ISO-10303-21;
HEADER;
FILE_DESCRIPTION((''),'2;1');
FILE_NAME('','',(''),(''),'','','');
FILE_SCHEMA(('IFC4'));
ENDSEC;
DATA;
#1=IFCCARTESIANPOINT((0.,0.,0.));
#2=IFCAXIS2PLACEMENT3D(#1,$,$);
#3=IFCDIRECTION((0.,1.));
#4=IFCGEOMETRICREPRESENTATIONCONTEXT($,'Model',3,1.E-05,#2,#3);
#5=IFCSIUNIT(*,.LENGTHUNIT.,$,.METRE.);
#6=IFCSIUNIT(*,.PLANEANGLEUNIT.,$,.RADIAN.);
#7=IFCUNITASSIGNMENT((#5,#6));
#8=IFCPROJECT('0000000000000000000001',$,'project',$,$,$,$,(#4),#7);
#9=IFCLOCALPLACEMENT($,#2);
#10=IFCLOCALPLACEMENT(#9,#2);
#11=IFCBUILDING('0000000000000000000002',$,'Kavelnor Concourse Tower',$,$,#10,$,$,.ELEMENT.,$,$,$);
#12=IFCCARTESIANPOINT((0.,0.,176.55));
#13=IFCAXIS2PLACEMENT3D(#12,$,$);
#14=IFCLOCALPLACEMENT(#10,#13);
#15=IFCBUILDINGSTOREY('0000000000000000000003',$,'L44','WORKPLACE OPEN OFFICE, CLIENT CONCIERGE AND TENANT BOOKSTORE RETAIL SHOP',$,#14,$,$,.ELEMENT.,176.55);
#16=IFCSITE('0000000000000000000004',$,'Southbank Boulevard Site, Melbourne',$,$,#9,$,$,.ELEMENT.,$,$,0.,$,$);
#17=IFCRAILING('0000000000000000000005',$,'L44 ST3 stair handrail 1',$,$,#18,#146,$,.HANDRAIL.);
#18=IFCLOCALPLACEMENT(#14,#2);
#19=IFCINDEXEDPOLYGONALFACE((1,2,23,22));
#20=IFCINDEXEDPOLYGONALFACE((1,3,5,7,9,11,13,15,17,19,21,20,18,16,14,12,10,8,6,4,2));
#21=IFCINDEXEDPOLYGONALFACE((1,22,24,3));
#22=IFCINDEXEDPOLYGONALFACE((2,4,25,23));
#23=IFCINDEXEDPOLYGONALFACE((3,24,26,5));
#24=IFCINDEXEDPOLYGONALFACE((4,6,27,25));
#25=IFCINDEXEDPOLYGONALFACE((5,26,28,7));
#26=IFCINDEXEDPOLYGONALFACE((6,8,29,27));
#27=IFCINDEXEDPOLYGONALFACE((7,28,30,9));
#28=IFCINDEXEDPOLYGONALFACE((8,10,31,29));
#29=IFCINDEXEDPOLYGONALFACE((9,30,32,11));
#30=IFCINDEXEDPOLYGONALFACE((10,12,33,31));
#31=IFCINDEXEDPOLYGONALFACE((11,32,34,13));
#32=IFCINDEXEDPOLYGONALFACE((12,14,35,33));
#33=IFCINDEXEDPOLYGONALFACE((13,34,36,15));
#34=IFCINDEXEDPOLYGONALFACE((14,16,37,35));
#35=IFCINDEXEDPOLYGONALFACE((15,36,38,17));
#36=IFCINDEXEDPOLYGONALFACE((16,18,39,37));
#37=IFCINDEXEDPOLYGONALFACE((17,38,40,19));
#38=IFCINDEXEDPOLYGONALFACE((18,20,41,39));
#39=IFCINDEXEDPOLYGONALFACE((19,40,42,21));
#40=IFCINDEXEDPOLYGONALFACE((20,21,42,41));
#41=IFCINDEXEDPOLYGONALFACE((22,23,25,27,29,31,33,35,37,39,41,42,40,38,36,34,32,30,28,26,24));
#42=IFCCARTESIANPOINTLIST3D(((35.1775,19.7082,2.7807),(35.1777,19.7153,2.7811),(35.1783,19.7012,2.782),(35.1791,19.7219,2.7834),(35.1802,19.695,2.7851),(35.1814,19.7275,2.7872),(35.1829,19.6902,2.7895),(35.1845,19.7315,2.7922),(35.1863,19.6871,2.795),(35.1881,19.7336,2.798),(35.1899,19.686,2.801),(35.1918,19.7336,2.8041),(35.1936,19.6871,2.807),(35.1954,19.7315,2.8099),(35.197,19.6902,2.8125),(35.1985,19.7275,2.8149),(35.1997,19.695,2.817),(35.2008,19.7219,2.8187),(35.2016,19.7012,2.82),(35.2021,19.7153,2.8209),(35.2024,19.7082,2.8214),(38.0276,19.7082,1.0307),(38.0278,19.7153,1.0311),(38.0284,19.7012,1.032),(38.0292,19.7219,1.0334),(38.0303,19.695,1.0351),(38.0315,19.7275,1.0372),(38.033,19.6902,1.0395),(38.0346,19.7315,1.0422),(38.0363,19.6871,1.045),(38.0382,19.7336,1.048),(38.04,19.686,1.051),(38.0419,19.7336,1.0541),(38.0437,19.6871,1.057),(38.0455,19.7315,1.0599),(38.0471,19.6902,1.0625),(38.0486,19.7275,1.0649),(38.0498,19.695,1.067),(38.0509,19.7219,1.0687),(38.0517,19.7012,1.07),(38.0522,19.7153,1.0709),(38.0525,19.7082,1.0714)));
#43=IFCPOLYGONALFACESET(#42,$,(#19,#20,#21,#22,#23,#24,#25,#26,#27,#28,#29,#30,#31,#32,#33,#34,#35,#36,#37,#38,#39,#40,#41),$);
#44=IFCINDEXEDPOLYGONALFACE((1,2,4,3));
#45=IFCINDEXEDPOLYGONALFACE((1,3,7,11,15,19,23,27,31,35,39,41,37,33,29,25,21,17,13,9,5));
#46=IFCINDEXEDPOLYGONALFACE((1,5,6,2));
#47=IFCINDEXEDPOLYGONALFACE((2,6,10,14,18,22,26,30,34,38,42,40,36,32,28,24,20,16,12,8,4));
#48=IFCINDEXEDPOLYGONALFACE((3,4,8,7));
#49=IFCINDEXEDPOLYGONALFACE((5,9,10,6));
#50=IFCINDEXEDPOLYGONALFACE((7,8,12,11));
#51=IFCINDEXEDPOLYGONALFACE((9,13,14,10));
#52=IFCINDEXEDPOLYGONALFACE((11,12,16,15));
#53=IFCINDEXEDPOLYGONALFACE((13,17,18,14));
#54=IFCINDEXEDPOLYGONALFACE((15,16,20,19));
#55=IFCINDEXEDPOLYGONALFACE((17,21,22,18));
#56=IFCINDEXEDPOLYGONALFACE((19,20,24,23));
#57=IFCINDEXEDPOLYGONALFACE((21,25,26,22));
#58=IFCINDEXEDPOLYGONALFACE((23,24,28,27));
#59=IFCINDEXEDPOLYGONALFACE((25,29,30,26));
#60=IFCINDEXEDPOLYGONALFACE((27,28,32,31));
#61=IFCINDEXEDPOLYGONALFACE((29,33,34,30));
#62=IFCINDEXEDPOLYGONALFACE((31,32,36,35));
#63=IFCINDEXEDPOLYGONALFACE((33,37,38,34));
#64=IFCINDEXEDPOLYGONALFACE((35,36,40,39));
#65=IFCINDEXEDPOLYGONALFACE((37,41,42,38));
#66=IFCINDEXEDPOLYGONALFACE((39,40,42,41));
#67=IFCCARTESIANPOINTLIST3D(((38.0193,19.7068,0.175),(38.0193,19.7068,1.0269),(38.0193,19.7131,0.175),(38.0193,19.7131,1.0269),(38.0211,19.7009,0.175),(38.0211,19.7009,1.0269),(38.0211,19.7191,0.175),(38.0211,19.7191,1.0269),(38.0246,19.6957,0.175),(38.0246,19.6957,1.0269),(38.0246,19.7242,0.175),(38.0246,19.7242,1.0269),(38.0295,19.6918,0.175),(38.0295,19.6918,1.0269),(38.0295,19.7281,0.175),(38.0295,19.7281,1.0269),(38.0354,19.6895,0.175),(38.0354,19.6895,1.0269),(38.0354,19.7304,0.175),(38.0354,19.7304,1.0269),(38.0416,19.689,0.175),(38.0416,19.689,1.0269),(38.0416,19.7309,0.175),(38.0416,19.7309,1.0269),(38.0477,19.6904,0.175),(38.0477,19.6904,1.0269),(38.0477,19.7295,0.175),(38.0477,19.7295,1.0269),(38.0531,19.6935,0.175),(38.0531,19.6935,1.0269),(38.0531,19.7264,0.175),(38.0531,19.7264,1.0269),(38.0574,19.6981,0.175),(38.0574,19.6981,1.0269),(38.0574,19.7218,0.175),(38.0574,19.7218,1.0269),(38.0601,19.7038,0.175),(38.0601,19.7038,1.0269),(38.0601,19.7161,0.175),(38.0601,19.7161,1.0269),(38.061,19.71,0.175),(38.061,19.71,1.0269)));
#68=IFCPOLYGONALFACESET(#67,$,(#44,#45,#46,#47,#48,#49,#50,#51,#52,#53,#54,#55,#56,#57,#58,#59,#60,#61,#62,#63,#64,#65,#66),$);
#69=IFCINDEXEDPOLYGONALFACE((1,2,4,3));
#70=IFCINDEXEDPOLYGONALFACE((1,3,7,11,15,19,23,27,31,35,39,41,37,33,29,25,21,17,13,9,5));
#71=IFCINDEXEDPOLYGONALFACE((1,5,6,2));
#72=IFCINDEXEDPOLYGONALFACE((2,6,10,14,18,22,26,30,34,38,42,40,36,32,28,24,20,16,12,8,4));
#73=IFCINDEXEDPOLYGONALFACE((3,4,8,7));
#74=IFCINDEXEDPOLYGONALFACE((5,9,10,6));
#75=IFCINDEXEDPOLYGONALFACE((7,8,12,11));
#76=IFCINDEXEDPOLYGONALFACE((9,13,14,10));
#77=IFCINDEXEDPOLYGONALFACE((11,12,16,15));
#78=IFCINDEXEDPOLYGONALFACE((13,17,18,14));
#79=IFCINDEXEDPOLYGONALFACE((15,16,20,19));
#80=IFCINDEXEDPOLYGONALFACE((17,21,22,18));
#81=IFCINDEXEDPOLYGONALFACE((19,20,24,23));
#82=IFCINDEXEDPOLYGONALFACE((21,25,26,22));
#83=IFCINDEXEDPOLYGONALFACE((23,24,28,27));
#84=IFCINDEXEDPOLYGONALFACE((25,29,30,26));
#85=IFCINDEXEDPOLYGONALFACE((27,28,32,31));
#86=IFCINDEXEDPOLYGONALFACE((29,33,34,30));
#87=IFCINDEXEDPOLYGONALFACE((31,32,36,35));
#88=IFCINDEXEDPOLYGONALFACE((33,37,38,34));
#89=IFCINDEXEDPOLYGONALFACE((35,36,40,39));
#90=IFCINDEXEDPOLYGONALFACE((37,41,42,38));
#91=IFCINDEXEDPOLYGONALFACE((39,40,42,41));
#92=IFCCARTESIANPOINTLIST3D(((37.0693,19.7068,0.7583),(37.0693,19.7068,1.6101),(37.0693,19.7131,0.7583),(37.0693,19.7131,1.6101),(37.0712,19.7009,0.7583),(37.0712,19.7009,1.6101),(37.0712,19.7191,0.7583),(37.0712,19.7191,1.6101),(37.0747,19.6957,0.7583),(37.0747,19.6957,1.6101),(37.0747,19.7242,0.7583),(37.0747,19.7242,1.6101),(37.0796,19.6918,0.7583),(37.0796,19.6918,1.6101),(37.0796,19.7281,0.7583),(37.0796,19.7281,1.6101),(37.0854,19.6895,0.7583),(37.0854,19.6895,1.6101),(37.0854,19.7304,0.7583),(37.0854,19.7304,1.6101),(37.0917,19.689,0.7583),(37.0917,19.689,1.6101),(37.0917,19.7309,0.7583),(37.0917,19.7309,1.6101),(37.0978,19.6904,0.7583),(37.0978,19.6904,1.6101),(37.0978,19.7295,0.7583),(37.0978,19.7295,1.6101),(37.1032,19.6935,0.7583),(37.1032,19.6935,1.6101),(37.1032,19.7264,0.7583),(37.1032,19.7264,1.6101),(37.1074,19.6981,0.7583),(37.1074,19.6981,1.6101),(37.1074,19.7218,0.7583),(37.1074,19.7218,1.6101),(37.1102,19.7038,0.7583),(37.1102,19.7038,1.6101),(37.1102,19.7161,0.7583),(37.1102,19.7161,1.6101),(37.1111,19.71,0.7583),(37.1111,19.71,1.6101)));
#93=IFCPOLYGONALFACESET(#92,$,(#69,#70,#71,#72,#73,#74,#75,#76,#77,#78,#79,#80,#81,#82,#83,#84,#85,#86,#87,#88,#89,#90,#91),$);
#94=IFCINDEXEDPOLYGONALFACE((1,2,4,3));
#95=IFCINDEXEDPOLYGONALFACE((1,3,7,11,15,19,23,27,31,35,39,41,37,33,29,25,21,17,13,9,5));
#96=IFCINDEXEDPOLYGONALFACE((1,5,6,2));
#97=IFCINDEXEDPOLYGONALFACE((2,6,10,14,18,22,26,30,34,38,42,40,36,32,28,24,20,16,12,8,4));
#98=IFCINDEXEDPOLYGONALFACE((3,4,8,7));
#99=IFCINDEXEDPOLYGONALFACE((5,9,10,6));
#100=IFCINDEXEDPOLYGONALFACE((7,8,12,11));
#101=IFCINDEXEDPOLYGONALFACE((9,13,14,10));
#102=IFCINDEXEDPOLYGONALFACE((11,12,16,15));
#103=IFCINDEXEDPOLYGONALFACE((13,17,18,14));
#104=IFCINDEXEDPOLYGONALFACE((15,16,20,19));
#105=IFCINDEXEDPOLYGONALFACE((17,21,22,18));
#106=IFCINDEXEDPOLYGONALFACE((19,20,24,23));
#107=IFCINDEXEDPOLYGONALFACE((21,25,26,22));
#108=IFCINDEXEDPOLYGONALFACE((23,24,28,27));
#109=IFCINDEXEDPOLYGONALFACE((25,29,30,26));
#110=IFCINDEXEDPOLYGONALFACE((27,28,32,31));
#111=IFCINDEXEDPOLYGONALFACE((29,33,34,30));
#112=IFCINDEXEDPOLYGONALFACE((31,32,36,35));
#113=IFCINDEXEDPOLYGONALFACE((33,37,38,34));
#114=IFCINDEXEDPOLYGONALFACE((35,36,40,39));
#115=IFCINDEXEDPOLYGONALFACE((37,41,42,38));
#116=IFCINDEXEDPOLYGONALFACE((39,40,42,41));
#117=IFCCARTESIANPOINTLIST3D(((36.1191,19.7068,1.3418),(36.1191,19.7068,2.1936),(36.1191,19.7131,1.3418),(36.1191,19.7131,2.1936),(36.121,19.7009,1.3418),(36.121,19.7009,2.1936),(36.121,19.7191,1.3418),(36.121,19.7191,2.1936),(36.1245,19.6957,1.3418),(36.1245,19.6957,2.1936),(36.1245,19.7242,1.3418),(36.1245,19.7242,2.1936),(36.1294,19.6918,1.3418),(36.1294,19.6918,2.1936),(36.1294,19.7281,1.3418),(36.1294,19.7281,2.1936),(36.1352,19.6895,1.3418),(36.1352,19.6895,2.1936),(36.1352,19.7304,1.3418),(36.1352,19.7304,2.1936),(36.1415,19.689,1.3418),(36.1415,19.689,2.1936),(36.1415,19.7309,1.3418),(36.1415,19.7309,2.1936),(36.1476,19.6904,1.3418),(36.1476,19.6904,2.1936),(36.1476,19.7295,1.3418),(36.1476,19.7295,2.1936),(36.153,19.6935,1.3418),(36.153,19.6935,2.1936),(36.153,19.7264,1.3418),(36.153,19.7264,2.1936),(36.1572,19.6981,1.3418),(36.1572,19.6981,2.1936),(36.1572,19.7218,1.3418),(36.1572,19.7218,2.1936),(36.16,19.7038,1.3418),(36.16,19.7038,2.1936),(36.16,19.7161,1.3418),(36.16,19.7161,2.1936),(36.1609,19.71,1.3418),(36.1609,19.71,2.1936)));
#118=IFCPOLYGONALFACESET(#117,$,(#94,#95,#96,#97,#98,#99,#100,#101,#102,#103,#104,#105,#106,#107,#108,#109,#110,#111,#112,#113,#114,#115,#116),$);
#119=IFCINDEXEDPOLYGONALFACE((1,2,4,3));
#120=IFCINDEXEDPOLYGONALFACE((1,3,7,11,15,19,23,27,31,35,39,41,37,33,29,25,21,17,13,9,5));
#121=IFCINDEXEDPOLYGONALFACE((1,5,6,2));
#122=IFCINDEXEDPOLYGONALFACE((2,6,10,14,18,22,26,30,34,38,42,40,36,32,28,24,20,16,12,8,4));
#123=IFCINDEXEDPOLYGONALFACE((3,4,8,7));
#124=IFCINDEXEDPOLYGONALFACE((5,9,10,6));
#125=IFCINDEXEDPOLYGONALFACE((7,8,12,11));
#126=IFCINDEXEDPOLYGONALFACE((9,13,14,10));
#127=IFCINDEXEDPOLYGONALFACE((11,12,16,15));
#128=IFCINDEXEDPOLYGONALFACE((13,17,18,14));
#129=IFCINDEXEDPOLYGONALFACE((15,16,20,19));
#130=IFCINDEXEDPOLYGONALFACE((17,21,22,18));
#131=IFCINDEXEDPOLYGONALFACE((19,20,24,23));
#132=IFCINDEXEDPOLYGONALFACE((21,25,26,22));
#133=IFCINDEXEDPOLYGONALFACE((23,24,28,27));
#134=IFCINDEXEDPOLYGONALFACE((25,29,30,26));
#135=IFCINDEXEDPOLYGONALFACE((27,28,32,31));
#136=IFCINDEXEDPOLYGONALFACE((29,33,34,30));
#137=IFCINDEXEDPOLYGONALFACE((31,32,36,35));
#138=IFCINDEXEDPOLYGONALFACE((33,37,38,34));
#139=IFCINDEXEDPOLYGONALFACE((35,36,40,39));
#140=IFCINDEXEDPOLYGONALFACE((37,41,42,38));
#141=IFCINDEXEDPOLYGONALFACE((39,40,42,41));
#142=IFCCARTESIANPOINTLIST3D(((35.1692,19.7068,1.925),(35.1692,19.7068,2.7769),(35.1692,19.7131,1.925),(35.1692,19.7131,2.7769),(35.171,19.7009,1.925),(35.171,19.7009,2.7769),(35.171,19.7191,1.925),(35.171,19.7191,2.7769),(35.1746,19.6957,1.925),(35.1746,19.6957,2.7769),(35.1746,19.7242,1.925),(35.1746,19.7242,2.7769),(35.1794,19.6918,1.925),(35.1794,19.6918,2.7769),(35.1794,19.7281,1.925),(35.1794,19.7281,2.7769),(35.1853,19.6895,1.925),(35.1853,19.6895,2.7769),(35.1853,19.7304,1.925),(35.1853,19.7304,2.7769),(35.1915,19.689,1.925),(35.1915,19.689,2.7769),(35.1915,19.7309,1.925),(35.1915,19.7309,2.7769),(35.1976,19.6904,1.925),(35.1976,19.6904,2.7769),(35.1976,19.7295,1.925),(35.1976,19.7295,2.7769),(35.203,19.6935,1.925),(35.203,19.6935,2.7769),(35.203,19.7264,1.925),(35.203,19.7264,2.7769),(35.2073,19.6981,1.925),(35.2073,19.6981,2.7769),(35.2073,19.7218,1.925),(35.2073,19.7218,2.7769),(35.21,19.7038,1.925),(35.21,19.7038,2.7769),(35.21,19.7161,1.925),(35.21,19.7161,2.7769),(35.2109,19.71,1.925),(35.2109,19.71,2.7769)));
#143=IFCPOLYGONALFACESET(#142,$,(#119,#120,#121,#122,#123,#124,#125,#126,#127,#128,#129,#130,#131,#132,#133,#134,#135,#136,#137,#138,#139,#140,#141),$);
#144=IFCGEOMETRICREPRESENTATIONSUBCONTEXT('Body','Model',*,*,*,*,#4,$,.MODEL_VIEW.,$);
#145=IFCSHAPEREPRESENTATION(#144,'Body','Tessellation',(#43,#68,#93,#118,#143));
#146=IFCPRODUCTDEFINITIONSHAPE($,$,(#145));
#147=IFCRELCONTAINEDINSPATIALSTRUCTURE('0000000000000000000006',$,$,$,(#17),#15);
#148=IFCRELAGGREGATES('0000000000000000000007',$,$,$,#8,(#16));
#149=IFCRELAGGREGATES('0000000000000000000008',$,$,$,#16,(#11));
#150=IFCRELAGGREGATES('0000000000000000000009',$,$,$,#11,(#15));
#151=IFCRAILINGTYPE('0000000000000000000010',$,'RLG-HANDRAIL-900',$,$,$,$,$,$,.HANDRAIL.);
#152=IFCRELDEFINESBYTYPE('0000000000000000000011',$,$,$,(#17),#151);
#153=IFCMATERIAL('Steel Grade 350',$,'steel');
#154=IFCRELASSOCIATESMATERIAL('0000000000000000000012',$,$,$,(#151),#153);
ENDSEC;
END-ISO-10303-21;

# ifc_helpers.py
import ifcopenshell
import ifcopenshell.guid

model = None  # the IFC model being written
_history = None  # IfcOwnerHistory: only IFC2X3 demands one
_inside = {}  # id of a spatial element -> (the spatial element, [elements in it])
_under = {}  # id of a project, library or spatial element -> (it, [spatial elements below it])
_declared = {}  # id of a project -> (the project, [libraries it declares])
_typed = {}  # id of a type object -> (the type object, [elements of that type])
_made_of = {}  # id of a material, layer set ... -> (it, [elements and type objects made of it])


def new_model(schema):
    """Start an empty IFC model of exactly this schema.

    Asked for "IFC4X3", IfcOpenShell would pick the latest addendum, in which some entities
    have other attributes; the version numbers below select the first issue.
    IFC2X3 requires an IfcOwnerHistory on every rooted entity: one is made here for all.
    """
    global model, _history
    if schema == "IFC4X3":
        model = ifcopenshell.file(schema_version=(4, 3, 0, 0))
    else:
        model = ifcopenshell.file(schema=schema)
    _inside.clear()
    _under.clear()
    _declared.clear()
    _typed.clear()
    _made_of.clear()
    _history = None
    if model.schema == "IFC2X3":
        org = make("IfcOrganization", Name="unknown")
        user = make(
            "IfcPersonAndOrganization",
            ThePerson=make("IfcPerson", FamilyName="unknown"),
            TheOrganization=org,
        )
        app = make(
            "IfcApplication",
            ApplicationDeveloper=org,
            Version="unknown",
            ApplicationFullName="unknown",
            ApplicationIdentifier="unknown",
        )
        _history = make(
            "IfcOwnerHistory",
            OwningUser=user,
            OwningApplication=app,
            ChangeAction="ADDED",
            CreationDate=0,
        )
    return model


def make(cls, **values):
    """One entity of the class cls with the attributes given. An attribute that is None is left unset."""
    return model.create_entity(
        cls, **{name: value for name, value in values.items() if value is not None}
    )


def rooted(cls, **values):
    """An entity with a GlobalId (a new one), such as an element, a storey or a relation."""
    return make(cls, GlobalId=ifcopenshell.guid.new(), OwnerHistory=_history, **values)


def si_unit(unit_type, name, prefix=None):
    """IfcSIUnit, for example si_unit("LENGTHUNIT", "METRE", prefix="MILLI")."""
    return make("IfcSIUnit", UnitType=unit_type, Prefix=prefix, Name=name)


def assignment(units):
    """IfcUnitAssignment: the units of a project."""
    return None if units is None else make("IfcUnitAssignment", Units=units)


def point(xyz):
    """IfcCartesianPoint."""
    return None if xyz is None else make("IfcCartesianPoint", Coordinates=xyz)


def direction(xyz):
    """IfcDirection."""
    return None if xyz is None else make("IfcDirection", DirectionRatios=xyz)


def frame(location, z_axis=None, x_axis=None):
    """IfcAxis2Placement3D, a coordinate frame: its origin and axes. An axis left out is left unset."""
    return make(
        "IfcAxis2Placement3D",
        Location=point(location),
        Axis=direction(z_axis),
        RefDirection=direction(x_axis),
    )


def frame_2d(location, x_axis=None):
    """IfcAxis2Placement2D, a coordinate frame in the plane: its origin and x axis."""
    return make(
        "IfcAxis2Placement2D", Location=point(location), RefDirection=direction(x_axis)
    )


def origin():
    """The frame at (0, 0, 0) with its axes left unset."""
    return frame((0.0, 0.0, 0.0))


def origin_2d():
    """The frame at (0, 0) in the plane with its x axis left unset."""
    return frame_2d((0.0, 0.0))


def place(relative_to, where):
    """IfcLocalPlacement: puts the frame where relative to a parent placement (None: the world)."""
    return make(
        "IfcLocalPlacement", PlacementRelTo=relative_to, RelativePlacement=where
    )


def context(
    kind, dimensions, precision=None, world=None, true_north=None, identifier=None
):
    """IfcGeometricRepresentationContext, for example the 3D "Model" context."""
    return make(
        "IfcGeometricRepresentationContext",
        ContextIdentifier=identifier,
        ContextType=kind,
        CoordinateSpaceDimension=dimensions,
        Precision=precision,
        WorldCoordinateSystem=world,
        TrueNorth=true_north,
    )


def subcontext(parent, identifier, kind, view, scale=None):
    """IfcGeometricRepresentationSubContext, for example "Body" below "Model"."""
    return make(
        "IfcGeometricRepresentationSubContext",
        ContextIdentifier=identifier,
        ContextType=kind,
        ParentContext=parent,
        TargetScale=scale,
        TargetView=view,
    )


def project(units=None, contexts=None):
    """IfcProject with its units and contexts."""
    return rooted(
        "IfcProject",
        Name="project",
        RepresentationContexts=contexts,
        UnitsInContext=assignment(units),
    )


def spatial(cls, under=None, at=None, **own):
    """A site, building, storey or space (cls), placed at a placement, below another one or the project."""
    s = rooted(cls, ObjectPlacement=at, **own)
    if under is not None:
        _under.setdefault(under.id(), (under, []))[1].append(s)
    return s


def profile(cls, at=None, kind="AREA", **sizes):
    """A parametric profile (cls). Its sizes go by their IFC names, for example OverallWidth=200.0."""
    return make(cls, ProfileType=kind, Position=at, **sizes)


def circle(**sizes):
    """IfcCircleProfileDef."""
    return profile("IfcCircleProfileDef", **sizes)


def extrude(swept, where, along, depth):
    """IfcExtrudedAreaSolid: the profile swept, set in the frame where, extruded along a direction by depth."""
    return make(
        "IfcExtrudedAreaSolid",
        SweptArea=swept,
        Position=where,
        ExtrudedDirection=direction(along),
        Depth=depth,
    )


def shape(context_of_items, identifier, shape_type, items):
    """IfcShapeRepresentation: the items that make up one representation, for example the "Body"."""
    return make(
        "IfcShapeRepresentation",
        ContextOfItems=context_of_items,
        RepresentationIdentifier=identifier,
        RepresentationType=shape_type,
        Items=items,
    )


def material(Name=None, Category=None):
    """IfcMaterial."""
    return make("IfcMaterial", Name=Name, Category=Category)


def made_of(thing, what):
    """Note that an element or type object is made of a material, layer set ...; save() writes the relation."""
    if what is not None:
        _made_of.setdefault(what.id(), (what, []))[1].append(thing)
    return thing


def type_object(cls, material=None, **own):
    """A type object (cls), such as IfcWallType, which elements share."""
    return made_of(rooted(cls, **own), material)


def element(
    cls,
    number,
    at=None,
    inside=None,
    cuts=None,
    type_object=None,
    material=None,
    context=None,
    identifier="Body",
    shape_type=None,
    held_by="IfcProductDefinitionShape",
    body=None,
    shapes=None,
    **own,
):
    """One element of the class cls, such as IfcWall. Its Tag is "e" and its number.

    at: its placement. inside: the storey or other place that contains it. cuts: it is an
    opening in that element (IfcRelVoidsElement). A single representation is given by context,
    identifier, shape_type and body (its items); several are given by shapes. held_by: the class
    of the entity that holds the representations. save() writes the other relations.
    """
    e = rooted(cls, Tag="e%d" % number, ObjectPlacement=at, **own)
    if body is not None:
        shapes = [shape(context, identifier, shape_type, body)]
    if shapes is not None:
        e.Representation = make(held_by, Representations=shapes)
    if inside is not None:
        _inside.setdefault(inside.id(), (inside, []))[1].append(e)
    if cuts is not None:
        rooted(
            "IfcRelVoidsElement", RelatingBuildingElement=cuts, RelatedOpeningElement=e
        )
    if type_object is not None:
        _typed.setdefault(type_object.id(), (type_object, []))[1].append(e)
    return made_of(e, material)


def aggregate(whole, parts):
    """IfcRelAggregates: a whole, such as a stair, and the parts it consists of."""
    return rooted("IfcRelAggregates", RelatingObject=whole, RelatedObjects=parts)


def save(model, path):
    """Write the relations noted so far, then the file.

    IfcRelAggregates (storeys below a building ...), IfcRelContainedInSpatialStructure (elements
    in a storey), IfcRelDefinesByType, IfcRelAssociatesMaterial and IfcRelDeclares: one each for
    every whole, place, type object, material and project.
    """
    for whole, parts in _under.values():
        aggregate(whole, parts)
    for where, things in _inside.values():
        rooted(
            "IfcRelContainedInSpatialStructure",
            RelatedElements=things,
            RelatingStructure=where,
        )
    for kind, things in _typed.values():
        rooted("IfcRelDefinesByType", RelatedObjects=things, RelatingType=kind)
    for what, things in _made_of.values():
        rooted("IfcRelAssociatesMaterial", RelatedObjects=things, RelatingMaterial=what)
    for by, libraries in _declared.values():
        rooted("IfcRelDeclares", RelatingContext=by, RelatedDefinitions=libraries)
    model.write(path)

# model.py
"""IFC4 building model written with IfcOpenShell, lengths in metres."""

from ifc_helpers import new_model, si_unit, direction, frame, origin, origin_2d, place, context, subcontext, project, spatial, circle, extrude, material, type_object, element, save


model = new_model("IFC4")

# Units and contexts
model_context = context("Model", 3, precision=1e-05, world=origin(), true_north=direction((0.0, 1.0)))
body_context = subcontext(model_context, "Body", "Model", "MODEL_VIEW")
ifc_project = project(units=[si_unit("LENGTHUNIT", "METRE"), si_unit("PLANEANGLEUNIT", "RADIAN")], contexts=[model_context])

# Site, building, storey
site_placement = place(None, origin())
site = spatial("IfcSite", under=ifc_project, at=site_placement, Name="Southbank Boulevard Site, Melbourne", CompositionType="ELEMENT", RefElevation=0.0)
building_placement = place(site_placement, origin())
building = spatial("IfcBuilding", under=site, at=building_placement, Name="Kavelnor Concourse Tower", CompositionType="ELEMENT")
storey_placement = place(building_placement, frame((0.0, 0.0, 176.55)))
storey = spatial("IfcBuildingStorey", under=building, at=storey_placement, Name="L44", Description="WORKPLACE OPEN OFFICE, CLIENT CONCIERGE AND TENANT BOOKSTORE RETAIL SHOP", CompositionType="ELEMENT", Elevation=176.55)

# Shared definitions
ifc_material_1 = material(Name="Steel Grade 350", Category="steel")

# Railing
railing_type_1 = type_object("IfcRailingType", Name="RLG-HANDRAIL-900", PredefinedType="HANDRAIL", material=ifc_material_1)
railing_1_placement = place(storey_placement, frame((38.04, 19.71, 0.175)))
element("IfcRailing", 1, at=railing_1_placement, inside=storey, type_object=railing_type_1, Name="L44 ST3 stair handrail 1", PredefinedType="HANDRAIL", context=body_context, shape_type="SweptSolid", body=[
    extrude(circle(Radius=0.0239, at=origin_2d()), frame((0.0, 0.0, 0.876), z_axis=(-0.852179, 0.0, 0.52325), x_axis=(0.0, -1.0, 0.0)), (0.0, 0.0, 1.0), 3.3445),
    extrude(circle(Radius=0.021, at=origin_2d()), origin(), (0.0, 0.0, 1.0), 0.8518),
    extrude(circle(Radius=0.021, at=origin_2d()), frame((-0.95, 0.0, 0.5833)), (0.0, 0.0, 1.0), 0.8518),
    extrude(circle(Radius=0.021, at=origin_2d()), frame((-1.9001, 0.0, 1.1667)), (0.0, 0.0, 1.0), 0.8518),
    extrude(circle(Radius=0.021, at=origin_2d()), frame((-2.8501, 0.0, 1.75)), (0.0, 0.0, 1.0), 0.8518),
])

save(model, "model.ifc")
